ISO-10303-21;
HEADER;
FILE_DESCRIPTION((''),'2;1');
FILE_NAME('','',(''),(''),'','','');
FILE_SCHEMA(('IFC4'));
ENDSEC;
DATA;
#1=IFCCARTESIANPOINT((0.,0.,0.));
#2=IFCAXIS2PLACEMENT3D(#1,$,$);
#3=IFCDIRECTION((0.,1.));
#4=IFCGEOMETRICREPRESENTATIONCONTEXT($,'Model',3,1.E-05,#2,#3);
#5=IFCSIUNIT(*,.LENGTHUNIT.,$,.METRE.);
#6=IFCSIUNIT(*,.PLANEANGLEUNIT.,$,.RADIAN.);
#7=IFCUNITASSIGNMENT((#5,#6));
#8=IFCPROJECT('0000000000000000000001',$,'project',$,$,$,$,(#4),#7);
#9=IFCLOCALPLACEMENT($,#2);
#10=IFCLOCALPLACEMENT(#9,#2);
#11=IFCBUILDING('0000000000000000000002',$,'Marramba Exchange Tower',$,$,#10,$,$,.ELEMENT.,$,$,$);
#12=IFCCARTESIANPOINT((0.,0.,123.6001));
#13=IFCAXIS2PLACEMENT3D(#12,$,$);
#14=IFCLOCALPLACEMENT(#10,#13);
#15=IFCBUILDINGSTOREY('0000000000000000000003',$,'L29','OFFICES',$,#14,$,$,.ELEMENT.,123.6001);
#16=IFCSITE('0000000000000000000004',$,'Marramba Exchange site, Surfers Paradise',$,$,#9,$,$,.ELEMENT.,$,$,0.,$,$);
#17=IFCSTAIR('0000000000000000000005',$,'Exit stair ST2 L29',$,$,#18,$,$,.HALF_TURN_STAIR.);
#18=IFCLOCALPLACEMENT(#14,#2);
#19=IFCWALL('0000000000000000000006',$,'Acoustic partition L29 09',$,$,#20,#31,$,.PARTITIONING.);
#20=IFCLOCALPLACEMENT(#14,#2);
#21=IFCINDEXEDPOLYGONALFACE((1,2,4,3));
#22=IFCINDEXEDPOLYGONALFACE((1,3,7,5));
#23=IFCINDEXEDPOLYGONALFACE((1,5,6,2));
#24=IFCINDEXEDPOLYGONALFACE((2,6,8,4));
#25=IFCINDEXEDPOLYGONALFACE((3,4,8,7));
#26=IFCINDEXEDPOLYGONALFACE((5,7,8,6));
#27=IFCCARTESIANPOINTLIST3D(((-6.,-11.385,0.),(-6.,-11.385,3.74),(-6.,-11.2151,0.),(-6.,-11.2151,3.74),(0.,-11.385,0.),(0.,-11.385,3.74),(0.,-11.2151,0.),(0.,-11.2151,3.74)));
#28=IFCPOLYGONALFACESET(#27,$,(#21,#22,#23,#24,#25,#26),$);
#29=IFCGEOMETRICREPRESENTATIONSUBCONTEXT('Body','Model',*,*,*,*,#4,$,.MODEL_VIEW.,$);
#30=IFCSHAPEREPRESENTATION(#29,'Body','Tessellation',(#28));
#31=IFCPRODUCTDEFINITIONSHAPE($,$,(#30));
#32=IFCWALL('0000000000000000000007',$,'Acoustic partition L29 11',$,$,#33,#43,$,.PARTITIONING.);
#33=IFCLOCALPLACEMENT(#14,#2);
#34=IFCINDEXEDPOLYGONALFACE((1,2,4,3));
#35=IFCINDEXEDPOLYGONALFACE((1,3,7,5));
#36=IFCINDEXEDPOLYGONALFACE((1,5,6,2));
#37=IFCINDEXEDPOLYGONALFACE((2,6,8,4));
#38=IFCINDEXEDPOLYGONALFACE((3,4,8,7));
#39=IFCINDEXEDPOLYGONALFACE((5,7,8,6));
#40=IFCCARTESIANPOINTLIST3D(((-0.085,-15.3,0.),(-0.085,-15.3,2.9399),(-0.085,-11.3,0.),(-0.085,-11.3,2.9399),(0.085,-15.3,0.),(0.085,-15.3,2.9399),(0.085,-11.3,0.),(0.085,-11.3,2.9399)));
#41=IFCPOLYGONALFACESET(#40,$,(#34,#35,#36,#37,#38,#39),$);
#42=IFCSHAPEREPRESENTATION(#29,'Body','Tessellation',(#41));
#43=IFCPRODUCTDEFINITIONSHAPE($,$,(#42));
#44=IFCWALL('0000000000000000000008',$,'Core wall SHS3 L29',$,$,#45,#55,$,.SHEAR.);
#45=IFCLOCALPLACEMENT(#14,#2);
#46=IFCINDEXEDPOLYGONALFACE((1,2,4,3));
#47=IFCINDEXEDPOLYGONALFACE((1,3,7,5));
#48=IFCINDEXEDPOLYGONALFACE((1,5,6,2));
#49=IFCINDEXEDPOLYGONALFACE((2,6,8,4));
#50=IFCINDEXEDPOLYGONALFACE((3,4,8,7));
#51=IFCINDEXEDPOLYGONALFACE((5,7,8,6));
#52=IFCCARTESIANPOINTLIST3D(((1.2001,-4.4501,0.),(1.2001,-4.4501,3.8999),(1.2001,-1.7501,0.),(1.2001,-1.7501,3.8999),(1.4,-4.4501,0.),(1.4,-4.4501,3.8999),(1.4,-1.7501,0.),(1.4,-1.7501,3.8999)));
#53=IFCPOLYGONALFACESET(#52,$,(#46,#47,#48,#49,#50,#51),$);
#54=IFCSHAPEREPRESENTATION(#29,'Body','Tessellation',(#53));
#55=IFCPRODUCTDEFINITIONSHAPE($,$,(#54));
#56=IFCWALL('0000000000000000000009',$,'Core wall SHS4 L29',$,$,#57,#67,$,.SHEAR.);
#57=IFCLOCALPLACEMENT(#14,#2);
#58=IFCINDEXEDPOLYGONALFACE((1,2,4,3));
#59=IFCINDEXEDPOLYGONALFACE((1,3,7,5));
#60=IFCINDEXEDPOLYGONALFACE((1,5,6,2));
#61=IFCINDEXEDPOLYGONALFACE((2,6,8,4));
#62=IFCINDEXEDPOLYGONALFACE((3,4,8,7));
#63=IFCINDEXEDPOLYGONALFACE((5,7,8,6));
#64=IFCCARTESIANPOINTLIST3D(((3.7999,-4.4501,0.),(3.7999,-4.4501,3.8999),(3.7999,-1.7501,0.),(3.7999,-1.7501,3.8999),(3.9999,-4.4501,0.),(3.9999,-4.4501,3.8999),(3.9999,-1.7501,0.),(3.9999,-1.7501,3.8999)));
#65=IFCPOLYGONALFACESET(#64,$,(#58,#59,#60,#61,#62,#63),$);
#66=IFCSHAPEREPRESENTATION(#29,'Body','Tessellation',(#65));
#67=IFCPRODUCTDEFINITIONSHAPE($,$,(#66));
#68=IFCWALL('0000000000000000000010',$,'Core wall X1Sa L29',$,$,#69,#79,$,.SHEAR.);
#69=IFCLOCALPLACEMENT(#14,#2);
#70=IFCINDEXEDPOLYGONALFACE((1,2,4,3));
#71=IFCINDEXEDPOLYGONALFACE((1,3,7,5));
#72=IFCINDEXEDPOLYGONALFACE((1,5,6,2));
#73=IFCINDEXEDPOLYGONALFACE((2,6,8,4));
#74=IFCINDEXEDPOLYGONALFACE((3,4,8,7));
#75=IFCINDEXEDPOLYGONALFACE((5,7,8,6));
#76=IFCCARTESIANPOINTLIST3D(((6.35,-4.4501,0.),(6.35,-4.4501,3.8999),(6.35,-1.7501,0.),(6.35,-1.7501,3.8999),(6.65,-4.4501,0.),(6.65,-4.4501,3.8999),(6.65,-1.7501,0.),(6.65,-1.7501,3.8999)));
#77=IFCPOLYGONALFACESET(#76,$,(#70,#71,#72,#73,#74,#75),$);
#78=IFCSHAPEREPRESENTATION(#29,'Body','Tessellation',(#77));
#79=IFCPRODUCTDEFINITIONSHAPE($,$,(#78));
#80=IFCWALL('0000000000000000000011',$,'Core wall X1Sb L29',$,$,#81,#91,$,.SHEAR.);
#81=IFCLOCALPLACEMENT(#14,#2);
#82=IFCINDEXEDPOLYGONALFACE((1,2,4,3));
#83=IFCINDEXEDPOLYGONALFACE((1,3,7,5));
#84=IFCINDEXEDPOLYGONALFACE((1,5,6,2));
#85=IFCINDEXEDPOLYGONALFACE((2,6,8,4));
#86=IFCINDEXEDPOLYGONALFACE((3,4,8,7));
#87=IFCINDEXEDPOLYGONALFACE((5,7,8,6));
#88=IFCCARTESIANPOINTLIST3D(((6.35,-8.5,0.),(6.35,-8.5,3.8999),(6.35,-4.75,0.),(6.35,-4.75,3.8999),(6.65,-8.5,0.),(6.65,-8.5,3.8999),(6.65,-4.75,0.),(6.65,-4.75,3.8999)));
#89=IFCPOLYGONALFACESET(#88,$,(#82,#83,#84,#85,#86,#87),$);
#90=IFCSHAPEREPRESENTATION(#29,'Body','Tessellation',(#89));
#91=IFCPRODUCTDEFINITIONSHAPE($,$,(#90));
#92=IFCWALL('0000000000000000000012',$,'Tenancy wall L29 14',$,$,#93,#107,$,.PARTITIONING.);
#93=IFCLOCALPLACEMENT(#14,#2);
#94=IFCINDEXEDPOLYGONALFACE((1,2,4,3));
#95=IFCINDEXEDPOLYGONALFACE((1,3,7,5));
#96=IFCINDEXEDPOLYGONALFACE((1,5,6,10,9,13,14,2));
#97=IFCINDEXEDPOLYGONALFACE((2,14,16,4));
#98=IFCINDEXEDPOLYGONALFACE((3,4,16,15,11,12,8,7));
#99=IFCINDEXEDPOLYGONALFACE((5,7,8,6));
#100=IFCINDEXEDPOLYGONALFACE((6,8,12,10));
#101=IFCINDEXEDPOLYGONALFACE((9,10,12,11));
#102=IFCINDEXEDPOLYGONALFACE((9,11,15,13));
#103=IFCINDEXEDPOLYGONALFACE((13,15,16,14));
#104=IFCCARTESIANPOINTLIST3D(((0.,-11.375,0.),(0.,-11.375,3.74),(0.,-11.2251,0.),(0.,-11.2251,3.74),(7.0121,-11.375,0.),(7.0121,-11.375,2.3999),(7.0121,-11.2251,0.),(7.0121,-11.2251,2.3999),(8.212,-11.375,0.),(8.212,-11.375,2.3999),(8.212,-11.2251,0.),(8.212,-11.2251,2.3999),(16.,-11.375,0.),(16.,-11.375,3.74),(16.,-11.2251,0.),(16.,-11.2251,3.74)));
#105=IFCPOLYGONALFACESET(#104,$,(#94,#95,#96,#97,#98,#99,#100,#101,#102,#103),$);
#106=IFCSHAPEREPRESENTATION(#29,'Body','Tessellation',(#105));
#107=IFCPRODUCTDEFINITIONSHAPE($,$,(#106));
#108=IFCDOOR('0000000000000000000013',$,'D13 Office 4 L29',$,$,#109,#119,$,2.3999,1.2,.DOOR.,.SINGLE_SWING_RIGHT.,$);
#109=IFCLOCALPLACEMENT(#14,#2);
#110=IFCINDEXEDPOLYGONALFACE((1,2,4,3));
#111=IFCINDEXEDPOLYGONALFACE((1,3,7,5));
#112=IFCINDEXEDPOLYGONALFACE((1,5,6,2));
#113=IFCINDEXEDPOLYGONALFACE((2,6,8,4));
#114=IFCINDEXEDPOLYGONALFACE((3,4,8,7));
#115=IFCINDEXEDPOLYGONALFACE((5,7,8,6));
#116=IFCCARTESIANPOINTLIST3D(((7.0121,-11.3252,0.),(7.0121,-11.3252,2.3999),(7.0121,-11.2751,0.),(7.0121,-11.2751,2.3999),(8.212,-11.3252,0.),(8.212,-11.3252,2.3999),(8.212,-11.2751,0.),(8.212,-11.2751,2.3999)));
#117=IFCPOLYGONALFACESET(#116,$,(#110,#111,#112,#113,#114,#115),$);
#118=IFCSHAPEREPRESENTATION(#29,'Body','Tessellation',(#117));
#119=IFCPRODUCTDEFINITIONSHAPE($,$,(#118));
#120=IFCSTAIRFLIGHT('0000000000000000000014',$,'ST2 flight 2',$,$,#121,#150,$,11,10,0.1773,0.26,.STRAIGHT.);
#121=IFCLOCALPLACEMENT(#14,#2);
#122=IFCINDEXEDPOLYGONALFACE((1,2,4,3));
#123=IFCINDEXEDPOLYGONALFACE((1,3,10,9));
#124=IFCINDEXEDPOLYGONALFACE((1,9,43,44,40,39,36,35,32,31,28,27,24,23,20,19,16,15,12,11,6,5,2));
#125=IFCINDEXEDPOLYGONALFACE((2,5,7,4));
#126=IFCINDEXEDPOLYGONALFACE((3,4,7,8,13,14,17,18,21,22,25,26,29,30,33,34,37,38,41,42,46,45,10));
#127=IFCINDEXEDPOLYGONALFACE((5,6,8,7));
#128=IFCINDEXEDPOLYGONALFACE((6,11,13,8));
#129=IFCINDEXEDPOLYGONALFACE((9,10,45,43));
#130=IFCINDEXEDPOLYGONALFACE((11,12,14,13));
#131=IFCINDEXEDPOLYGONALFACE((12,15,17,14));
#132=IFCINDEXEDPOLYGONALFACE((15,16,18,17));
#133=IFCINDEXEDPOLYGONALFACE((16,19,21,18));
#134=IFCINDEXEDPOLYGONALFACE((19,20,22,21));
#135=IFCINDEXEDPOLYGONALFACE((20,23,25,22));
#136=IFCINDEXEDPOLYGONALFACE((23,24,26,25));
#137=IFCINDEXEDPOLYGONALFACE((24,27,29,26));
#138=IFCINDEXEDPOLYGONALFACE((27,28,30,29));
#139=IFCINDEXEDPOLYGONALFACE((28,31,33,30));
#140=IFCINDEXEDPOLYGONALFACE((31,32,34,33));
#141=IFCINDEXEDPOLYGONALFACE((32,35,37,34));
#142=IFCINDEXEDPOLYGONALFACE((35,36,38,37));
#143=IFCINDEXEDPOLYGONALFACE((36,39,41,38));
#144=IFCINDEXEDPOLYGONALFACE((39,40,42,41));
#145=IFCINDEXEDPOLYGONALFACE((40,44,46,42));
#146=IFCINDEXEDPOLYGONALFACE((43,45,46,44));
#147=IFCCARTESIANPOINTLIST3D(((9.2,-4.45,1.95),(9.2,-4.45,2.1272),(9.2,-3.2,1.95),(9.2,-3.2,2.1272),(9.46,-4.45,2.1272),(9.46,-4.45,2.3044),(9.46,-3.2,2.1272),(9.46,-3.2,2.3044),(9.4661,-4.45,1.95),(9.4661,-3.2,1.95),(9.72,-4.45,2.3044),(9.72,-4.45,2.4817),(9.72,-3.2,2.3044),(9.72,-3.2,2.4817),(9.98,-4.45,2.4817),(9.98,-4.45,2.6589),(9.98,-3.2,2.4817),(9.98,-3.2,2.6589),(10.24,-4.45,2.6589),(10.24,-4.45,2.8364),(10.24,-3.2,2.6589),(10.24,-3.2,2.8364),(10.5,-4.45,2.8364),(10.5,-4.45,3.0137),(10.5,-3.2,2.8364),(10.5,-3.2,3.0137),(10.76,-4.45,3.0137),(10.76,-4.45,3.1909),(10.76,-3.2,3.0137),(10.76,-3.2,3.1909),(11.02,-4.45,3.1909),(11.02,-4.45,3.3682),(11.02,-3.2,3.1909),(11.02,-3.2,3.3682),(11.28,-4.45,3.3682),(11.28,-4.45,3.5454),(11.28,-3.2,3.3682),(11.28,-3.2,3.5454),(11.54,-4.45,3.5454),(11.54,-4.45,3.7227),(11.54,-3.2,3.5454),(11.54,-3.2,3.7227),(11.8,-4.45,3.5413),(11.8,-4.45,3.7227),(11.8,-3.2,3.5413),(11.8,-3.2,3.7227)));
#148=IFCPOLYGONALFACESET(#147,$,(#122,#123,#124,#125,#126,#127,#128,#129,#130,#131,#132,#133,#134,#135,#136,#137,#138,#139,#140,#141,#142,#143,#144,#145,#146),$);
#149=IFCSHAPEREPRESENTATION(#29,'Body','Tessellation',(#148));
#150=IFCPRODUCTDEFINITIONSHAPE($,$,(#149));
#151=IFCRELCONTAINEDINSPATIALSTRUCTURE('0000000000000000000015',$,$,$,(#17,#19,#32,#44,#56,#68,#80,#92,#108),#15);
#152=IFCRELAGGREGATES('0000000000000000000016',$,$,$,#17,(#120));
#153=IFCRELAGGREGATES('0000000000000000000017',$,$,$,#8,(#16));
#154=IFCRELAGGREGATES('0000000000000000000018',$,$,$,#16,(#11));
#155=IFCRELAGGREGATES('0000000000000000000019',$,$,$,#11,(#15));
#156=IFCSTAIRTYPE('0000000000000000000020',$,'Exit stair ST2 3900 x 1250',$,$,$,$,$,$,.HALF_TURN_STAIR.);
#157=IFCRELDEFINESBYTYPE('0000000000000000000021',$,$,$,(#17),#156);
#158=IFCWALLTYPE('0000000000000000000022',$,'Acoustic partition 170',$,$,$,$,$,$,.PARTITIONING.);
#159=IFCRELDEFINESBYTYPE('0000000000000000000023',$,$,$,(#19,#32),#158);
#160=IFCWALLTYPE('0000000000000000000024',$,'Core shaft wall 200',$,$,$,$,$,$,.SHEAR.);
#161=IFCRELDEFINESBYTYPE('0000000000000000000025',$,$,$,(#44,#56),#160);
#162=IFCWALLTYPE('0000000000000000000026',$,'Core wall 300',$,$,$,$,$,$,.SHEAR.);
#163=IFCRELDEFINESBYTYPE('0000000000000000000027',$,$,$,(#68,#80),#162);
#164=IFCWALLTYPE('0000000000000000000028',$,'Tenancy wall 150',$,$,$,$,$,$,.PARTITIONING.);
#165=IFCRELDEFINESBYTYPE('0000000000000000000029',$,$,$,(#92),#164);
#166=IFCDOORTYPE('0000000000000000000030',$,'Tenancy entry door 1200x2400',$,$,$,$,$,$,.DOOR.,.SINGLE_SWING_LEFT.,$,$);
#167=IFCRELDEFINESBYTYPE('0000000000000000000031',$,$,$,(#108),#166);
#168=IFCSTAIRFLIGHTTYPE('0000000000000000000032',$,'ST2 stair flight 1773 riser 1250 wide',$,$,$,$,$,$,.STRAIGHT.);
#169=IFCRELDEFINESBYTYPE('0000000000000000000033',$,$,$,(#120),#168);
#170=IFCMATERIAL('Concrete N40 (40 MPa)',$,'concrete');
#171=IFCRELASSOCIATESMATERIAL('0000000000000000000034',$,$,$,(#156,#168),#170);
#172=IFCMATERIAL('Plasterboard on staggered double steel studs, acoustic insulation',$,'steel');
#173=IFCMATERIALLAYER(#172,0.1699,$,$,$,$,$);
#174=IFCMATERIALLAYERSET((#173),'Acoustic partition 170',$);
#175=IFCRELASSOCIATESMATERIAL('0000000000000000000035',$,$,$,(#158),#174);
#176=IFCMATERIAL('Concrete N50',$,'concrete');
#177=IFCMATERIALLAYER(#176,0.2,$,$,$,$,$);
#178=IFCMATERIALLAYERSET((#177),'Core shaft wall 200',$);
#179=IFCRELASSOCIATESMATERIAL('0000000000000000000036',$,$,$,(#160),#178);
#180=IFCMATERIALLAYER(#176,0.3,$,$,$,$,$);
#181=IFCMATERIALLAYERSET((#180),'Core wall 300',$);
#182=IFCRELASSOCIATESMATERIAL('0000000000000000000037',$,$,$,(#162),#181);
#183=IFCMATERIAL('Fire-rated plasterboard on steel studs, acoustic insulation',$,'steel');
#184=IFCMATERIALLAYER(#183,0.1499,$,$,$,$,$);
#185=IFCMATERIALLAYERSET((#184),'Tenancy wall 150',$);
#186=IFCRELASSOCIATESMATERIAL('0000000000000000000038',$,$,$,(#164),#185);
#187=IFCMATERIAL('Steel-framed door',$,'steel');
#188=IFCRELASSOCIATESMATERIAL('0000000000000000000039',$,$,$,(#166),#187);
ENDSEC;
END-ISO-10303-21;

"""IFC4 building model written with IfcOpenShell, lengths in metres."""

from ifc_helpers import new_model, si_unit, direction, frame, frame_2d, origin, place, context, subcontext, project, spatial, polyline, rectangle, outline, extrude, material, layer, layer_set, type_object, element, fill, aggregate, save


model = new_model("IFC4")

# Units and contexts
model_context = context("Model", 3, precision=1e-05, world=origin(), true_north=direction((0.0, 1.0)))
body_context = subcontext(model_context, "Body", "Model", "MODEL_VIEW")
ifc_project = project(units=[si_unit("LENGTHUNIT", "METRE"), si_unit("PLANEANGLEUNIT", "RADIAN")], contexts=[model_context])

# Site, building, storey
site_placement = place(None, origin())
site = spatial("IfcSite", under=ifc_project, at=site_placement, Name="Marramba Exchange site, Surfers Paradise", CompositionType="ELEMENT", RefElevation=0.0)
building_placement = place(site_placement, origin())
building = spatial("IfcBuilding", under=site, at=building_placement, Name="Marramba Exchange Tower", CompositionType="ELEMENT")
storey_placement = place(building_placement, frame((0.0, 0.0, 123.6001)))
storey = spatial("IfcBuildingStorey", under=building, at=storey_placement, Name="L29", Description="OFFICES", CompositionType="ELEMENT", Elevation=123.6001)

# Stair
ifc_material_1 = material(Name="Concrete N40 (40 MPa)", Category="concrete")
stair_type_1 = type_object("IfcStairType", Name="Exit stair ST2 3900 x 1250", PredefinedType="HALF_TURN_STAIR", material=ifc_material_1)
stair_1_placement = place(storey_placement, origin())
stair_1 = element("IfcStair", 1, at=stair_1_placement, inside=storey, type_object=stair_type_1, Name="Exit stair ST2 L29", PredefinedType="HALF_TURN_STAIR")

# Walls
ifc_material_2 = material(Name="Plasterboard on staggered double steel studs, acoustic insulation", Category="steel")
ifc_layer_1 = layer(ifc_material_2, 0.1699)
ifc_layer_set_1 = layer_set([ifc_layer_1], Name="Acoustic partition 170")
wall_type_1 = type_object("IfcWallType", Name="Acoustic partition 170", PredefinedType="PARTITIONING", material=ifc_layer_set_1)
wall_1_placement = place(storey_placement, frame((0.0, -11.3, 0.0), z_axis=(0.0, 0.0, 1.0), x_axis=(-1.0, 0.0, 0.0)))
element("IfcWall", 2, at=wall_1_placement, inside=storey, type_object=wall_type_1, Name="Acoustic partition L29 09", PredefinedType="PARTITIONING", context=body_context, shape_type="SweptSolid", body=[
    extrude(rectangle(XDim=6.0, YDim=0.1699, at=frame_2d((3.0, 0.0))), origin(), (0.0, 0.0, 1.0), 3.74),
])
wall_2_placement = place(storey_placement, frame((0.0, -11.3, 0.0), z_axis=(0.0, 0.0, 1.0), x_axis=(0.0, -1.0, 0.0)))
element("IfcWall", 3, at=wall_2_placement, inside=storey, type_object=wall_type_1, Name="Acoustic partition L29 11", PredefinedType="PARTITIONING", context=body_context, shape_type="SweptSolid", body=[
    extrude(rectangle(XDim=4.0, YDim=0.1699, at=frame_2d((2.0, 0.0))), origin(), (0.0, 0.0, 1.0), 2.9399),
])
ifc_material_3 = material(Name="Concrete N50", Category="concrete")
ifc_layer_2 = layer(ifc_material_3, 0.2)
ifc_layer_set_2 = layer_set([ifc_layer_2], Name="Core shaft wall 200")
wall_type_2 = type_object("IfcWallType", Name="Core shaft wall 200", PredefinedType="SHEAR", material=ifc_layer_set_2)
for number, where, z_axis, x_axis, name in (
    (4, (1.3, -1.75, 0.0), (0.0, 0.0, 1.0), (0.0, -1.0, 0.0), "Core wall SHS3 L29"),
    (5, (3.8999, -1.75, 0.0), (0.0, 0.0, 1.0), (0.0, -1.0, 0.0), "Core wall SHS4 L29"),
):
    element("IfcWall", number, at=place(storey_placement, frame(where, z_axis=z_axis, x_axis=x_axis)), inside=storey, type_object=wall_type_2, Name=name, PredefinedType="SHEAR", context=body_context, shape_type="SweptSolid", body=[
        extrude(rectangle(XDim=2.7, YDim=0.2, at=frame_2d((1.3501, 0.0))), origin(), (0.0, 0.0, 1.0), 3.8999),
    ])
ifc_layer_3 = layer(ifc_material_3, 0.3)
ifc_layer_set_3 = layer_set([ifc_layer_3], Name="Core wall 300")
wall_type_3 = type_object("IfcWallType", Name="Core wall 300", PredefinedType="SHEAR", material=ifc_layer_set_3)
wall_3_placement = place(storey_placement, frame((6.5, -1.75, 0.0), z_axis=(0.0, 0.0, 1.0), x_axis=(0.0, -1.0, 0.0)))
element("IfcWall", 6, at=wall_3_placement, inside=storey, type_object=wall_type_3, Name="Core wall X1Sa L29", PredefinedType="SHEAR", context=body_context, shape_type="SweptSolid", body=[
    extrude(rectangle(XDim=2.7, YDim=0.3, at=frame_2d((1.3501, 0.0))), origin(), (0.0, 0.0, 1.0), 3.8999),
])
wall_4_placement = place(storey_placement, frame((6.5, -4.75, 0.0), z_axis=(0.0, 0.0, 1.0), x_axis=(0.0, -1.0, 0.0)))
element("IfcWall", 7, at=wall_4_placement, inside=storey, type_object=wall_type_3, Name="Core wall X1Sb L29", PredefinedType="SHEAR", context=body_context, shape_type="SweptSolid", body=[
    extrude(rectangle(XDim=3.75, YDim=0.3, at=frame_2d((1.875, 0.0))), origin(), (0.0, 0.0, 1.0), 3.8999),
])

# Wall, opening, door
ifc_material_4 = material(Name="Fire-rated plasterboard on steel studs, acoustic insulation", Category="steel")
ifc_layer_4 = layer(ifc_material_4, 0.1499)
ifc_layer_set_4 = layer_set([ifc_layer_4], Name="Tenancy wall 150")
wall_type_4 = type_object("IfcWallType", Name="Tenancy wall 150", PredefinedType="PARTITIONING", material=ifc_layer_set_4)
wall_5_placement = place(storey_placement, frame((0.0, -11.3, 0.0), z_axis=(0.0, 0.0, 1.0), x_axis=(1.0, 0.0, 0.0)))
wall_5 = element("IfcWall", 8, at=wall_5_placement, inside=storey, type_object=wall_type_4, Name="Tenancy wall L29 14", PredefinedType="PARTITIONING", context=body_context, shape_type="SweptSolid", body=[
    extrude(rectangle(XDim=16.0, YDim=0.1499, at=frame_2d((8.0, 0.0))), origin(), (0.0, 0.0, 1.0), 3.74),
])
opening_1_placement = place(wall_5_placement, frame((7.012, 0.0, 0.0)))
opening_1 = element("IfcOpeningElement", 9, at=opening_1_placement, cuts=wall_5, PredefinedType="OPENING", context=body_context, shape_type="SweptSolid", body=[
    extrude(rectangle(XDim=1.2, YDim=2.3999, at=frame_2d((0.6001, 1.2))), frame((0.0, 0.085, 0.0), z_axis=(0.0, -1.0, 0.0), x_axis=(1.0, 0.0, 0.0)), (0.0, 0.0, 1.0), 0.1699),
])
ifc_material_5 = material(Name="Steel-framed door", Category="steel")
door_type_1 = type_object("IfcDoorType", Name="Tenancy entry door 1200x2400", OperationType="SINGLE_SWING_LEFT", PredefinedType="DOOR", material=ifc_material_5)
door_1_placement = place(opening_1_placement, origin())
door_1 = element("IfcDoor", 10, at=door_1_placement, inside=storey, type_object=door_type_1, Name="D13 Office 4 L29", OperationType="SINGLE_SWING_RIGHT", OverallHeight=2.3999, OverallWidth=1.2, PredefinedType="DOOR", context=body_context, shape_type="SweptSolid", body=[
    extrude(rectangle(XDim=1.2, YDim=2.3999, at=frame_2d((0.6001, 1.2))), frame((0.0, 0.0249, 0.0), z_axis=(0.0, -1.0, 0.0), x_axis=(1.0, 0.0, 0.0)), (0.0, 0.0, 1.0), 0.05),
])
fill(opening_1, door_1)

# Stair flight
stair_flight_type = type_object("IfcStairFlightType", Name="ST2 stair flight 1773 riser 1250 wide", PredefinedType="STRAIGHT", material=ifc_material_1)
stair_flight_placement = place(storey_placement, frame((9.2, -3.825, 1.95), z_axis=(0.0, 0.0, 1.0), x_axis=(1.0, 0.0, 0.0)))
stair_flight = element("IfcStairFlight", 11, at=stair_flight_placement, type_object=stair_flight_type, Name="ST2 flight 2", NumberOfRisers=11, NumberOfTreads=10, PredefinedType="STRAIGHT", RiserHeight=0.1773, TreadLength=0.26, context=body_context, shape_type="SweptSolid", body=[
    extrude(outline(polyline([(0.0, 0.0), (0.0, 0.1772), (0.26, 0.1772), (0.26, 0.3545), (0.52, 0.3545), (0.52, 0.5317), (0.78, 0.5317), (0.78, 0.709), (1.04, 0.709), (1.04, 0.8865), (1.3, 0.8865), (1.3, 1.0637), (1.5601, 1.0637), (1.5601, 1.241), (1.8201, 1.241), (1.8201, 1.4182), (2.0801, 1.4182), (2.0801, 1.5955), (2.3401, 1.5955), (2.3401, 1.7727), (2.6001, 1.7727), (2.6001, 1.95), (2.6001, 1.5913), (0.2661, 0.0), (0.0, 0.0)])), frame((0.0, 0.625, 0.0), z_axis=(0.0, -1.0, 0.0), x_axis=(1.0, 0.0, 0.0)), (0.0, 0.0, 1.0), 1.25),
])
aggregate(stair_1, [stair_flight])

save(model, "model.ifc")
